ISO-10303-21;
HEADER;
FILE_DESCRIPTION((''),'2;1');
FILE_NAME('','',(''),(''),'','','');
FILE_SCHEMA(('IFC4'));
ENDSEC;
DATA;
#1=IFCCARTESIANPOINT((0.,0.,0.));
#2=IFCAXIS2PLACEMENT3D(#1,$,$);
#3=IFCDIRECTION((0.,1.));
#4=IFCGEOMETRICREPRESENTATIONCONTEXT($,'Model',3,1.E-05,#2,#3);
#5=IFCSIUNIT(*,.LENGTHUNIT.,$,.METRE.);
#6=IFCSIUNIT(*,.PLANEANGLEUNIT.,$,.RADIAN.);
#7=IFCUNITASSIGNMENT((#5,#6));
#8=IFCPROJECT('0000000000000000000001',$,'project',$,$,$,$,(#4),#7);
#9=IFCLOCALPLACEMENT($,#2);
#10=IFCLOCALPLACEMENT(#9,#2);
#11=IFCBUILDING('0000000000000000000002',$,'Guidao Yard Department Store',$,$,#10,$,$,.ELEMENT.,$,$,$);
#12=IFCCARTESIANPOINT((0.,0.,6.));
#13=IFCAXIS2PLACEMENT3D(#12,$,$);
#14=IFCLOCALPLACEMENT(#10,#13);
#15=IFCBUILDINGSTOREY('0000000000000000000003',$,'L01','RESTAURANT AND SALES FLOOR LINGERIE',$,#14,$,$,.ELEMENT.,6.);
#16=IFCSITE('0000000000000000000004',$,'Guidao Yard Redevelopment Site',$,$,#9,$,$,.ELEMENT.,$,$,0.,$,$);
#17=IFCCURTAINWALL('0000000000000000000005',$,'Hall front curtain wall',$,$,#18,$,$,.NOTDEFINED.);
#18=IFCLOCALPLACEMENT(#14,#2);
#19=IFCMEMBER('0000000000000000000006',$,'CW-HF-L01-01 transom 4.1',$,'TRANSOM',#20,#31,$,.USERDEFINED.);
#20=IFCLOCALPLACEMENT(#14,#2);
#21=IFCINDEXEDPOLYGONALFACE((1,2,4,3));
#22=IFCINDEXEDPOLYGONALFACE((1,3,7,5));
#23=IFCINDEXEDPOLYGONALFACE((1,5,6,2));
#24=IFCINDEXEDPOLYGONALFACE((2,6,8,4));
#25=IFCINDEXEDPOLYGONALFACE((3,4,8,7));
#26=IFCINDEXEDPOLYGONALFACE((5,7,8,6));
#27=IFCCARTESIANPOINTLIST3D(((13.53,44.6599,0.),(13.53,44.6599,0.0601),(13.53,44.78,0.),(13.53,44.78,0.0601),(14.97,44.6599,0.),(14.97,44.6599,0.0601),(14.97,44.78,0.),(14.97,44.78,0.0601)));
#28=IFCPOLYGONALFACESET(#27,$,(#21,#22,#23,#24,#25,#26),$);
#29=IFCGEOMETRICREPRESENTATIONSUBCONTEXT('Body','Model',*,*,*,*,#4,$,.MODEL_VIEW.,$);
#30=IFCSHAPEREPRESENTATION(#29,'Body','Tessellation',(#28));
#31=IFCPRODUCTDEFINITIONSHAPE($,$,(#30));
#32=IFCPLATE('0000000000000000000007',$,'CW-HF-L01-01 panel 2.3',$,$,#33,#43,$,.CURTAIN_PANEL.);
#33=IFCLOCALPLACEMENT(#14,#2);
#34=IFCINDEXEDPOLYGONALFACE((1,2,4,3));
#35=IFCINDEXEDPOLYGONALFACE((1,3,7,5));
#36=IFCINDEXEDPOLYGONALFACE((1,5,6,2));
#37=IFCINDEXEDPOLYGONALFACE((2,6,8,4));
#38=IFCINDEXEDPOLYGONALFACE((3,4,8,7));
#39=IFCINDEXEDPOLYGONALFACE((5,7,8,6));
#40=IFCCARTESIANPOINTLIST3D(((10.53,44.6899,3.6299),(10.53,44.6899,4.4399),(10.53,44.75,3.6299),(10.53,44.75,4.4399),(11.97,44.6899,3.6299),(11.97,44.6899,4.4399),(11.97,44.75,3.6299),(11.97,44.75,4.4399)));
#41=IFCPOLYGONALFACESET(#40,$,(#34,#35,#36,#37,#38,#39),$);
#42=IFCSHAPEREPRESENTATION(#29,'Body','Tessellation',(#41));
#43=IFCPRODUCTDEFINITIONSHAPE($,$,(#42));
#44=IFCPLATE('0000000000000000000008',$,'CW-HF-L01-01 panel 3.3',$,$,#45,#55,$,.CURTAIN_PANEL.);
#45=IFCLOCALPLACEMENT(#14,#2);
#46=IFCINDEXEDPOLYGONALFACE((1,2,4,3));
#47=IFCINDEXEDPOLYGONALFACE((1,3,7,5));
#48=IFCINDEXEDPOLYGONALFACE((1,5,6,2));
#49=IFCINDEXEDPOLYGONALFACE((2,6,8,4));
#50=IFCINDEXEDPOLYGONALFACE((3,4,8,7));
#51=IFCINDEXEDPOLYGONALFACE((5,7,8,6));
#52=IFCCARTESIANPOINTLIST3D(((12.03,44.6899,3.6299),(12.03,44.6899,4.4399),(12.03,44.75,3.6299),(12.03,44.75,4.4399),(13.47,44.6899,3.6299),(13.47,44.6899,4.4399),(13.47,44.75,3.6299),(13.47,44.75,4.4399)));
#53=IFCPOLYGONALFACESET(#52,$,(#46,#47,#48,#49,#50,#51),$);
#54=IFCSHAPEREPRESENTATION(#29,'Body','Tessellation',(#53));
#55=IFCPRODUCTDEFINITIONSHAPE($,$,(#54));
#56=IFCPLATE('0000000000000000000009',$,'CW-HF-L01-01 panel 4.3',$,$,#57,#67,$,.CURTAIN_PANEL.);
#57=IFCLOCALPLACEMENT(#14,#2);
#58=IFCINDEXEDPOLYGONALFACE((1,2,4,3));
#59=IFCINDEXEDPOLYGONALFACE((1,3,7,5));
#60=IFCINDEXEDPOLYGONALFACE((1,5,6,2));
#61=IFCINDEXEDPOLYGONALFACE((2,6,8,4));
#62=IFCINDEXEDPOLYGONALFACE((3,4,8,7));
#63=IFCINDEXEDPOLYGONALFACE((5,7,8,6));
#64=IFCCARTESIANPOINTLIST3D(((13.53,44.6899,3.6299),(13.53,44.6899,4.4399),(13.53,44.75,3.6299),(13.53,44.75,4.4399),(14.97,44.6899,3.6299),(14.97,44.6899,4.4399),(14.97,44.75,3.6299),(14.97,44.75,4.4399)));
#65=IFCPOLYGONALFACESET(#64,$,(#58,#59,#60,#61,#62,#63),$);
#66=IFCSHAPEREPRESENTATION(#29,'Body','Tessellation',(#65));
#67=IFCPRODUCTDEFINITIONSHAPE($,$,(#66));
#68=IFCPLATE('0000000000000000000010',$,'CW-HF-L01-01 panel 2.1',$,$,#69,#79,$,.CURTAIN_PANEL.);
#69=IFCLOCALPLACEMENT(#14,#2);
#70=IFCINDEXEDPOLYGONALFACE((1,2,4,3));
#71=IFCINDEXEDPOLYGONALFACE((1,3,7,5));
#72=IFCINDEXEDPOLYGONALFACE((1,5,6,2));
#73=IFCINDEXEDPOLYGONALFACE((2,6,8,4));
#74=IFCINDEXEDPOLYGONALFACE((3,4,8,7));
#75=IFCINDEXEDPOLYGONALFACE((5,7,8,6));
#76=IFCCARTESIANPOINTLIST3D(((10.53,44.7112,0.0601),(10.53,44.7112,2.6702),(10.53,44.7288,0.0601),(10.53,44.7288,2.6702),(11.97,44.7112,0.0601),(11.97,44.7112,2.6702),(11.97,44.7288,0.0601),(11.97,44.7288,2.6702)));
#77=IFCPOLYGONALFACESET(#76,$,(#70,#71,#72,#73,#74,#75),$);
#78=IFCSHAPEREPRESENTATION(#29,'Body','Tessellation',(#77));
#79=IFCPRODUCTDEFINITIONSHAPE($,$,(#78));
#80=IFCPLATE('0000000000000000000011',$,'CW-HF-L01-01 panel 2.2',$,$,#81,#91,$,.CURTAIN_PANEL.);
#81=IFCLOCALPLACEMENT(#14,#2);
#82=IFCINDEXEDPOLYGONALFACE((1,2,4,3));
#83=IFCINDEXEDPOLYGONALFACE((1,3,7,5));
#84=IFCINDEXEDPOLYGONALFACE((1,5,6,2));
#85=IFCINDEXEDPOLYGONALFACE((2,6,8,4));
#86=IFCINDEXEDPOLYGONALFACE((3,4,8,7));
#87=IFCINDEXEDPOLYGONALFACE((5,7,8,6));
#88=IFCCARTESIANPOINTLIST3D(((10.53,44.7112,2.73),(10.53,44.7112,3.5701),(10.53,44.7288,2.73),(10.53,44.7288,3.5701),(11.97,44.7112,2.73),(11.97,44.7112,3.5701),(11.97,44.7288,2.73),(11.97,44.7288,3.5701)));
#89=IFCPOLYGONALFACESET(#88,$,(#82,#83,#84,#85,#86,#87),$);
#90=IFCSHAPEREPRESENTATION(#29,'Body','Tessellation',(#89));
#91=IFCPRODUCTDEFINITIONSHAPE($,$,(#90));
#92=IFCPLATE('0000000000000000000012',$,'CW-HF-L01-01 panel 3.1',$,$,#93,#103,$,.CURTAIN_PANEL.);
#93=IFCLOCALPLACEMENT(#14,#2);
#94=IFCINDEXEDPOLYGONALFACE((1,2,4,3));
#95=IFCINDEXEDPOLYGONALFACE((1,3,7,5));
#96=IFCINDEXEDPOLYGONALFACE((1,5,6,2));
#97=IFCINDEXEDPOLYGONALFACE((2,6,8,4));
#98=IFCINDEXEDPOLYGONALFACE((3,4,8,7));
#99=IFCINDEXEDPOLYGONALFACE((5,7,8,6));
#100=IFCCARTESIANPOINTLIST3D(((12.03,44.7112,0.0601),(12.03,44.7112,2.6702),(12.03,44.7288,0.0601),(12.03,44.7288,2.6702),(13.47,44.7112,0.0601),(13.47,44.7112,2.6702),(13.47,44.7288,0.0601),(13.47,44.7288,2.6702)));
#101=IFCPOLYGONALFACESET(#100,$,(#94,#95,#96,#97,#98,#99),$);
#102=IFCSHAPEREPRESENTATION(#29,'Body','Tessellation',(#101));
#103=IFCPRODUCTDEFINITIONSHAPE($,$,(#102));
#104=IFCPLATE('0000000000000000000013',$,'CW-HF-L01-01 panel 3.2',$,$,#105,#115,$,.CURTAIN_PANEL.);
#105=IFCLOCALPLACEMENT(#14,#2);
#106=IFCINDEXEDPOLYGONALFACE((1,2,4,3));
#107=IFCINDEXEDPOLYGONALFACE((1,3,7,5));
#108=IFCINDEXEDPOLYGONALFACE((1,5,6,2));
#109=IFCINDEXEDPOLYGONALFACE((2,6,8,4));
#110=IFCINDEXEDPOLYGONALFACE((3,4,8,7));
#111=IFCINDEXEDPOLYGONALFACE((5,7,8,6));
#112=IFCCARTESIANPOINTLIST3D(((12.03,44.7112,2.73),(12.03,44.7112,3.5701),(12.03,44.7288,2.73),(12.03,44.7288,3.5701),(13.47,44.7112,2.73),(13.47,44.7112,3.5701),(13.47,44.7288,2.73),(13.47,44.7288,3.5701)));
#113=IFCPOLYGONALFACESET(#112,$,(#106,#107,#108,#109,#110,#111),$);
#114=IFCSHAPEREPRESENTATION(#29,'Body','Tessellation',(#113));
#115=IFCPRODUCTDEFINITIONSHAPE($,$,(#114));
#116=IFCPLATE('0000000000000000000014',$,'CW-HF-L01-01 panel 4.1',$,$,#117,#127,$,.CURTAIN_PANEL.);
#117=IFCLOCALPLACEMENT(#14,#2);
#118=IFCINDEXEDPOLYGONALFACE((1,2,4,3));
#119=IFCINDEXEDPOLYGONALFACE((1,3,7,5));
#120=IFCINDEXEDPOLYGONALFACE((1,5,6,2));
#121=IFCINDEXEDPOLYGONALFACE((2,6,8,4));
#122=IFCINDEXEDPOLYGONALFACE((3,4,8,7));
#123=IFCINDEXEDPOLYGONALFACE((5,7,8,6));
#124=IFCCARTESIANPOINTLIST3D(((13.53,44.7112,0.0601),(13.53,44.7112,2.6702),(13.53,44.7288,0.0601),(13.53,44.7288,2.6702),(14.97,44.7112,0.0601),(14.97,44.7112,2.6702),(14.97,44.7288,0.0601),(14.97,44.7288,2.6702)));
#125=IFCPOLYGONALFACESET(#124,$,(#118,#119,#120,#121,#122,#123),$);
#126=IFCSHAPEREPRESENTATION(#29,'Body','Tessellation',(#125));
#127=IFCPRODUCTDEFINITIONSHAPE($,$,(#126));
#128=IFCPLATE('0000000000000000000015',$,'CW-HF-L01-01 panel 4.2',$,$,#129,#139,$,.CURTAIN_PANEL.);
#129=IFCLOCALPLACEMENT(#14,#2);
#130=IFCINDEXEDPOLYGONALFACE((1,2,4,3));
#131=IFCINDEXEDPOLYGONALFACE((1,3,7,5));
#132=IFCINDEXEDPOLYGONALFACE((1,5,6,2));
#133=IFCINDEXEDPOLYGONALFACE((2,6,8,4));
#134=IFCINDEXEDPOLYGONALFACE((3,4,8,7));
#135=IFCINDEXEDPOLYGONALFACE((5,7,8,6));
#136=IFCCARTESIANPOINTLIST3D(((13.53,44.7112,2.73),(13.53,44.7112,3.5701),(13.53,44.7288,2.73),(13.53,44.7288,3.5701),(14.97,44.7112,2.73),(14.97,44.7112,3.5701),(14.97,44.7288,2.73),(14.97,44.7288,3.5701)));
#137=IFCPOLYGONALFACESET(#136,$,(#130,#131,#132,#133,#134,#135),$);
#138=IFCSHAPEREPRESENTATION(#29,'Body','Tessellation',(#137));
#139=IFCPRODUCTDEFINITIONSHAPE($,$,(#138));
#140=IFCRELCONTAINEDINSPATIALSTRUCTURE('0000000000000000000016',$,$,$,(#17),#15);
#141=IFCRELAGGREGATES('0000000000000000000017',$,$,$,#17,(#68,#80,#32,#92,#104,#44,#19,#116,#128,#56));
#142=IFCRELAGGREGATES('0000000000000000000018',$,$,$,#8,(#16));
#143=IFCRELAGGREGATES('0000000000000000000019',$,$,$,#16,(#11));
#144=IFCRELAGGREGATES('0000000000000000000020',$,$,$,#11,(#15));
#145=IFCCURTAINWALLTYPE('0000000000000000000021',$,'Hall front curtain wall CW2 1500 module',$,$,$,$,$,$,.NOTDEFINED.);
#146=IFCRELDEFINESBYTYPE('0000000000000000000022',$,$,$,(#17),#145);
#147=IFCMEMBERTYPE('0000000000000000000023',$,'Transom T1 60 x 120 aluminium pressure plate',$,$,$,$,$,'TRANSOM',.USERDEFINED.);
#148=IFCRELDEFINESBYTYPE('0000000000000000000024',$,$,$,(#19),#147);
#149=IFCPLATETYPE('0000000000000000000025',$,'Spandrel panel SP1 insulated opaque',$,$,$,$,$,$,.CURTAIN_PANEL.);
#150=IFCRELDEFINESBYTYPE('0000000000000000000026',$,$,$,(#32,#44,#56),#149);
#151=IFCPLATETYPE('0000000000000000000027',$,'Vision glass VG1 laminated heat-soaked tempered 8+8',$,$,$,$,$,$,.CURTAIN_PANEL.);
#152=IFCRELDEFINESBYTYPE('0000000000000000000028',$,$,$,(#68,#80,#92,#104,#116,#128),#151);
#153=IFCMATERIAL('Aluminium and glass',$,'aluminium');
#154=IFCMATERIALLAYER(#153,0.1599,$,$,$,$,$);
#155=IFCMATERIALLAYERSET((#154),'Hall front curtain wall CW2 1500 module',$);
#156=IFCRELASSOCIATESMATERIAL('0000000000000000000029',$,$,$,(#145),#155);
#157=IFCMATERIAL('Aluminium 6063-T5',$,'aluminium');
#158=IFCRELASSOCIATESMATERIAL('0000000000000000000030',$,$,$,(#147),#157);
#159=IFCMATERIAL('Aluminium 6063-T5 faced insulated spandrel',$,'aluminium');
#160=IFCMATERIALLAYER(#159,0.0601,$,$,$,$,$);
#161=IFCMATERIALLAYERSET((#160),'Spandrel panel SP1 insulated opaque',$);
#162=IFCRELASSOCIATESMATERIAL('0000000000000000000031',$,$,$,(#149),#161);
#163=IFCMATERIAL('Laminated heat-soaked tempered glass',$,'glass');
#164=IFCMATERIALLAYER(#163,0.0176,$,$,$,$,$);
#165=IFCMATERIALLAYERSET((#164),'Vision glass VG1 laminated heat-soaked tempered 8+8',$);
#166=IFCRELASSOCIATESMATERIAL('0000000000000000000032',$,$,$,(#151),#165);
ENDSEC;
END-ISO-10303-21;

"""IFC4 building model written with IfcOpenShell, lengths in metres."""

from ifc_helpers import new_model, si_unit, direction, frame, origin, origin_2d, place, context, subcontext, project, spatial, rectangle, extrude, material, layer, layer_set, material_profile, profile_set, type_object, element, aggregate, save


model = new_model("IFC4")

# Units and contexts
model_context = context("Model", 3, precision=1e-05, world=origin(), true_north=direction((0.0, 1.0)))
body_context = subcontext(model_context, "Body", "Model", "MODEL_VIEW")
ifc_project = project(units=[si_unit("LENGTHUNIT", "METRE"), si_unit("PLANEANGLEUNIT", "RADIAN")], contexts=[model_context])

# Site, building, storey
site_placement = place(None, origin())
site = spatial("IfcSite", under=ifc_project, at=site_placement, Name="Guidao Yard Redevelopment Site", CompositionType="ELEMENT", RefElevation=0.0)
building_placement = place(site_placement, origin())
building = spatial("IfcBuilding", under=site, at=building_placement, Name="Guidao Yard Department Store", CompositionType="ELEMENT")
storey_placement = place(building_placement, frame((0.0, 0.0, 6.0)))
storey = spatial("IfcBuildingStorey", under=building, at=storey_placement, Name="L01", Description="RESTAURANT AND SALES FLOOR LINGERIE", CompositionType="ELEMENT", Elevation=6.0)

# Curtain wall, member, plates
ifc_material_1 = material(Name="Aluminium and glass", Category="aluminium")
ifc_layer_1 = layer(ifc_material_1, 0.1599)
ifc_layer_set_1 = layer_set([ifc_layer_1], Name="Hall front curtain wall CW2 1500 module")
curtain_wall_type = type_object("IfcCurtainWallType", Name="Hall front curtain wall CW2 1500 module", PredefinedType="NOTDEFINED", material=ifc_layer_set_1)
curtain_wall_placement = place(storey_placement, origin())
curtain_wall = element("IfcCurtainWall", 1, at=curtain_wall_placement, inside=storey, type_object=curtain_wall_type, Name="Hall front curtain wall", PredefinedType="NOTDEFINED")
ifc_material_2 = material(Name="Aluminium 6063-T5", Category="aluminium")
ifc_material_profile_1 = material_profile(ifc_material_2, rectangle(XDim=0.1201, YDim=0.0601, at=origin_2d()), Name="Transom T1 60 x 120 aluminium pressure plate")
ifc_profile_set_1 = profile_set([ifc_material_profile_1], Name="Aluminium 6063-T5")
member_type_1 = type_object("IfcMemberType", Name="Transom T1 60 x 120 aluminium pressure plate", ElementType="TRANSOM", PredefinedType="USERDEFINED", material=ifc_profile_set_1)
member_1_placement = place(storey_placement, frame((14.97, 44.72, 0.03), z_axis=(-1.0, 0.0, 0.0), x_axis=(0.0, -1.0, 0.0)))
member_1 = element("IfcMember", 2, at=member_1_placement, type_object=member_type_1, Name="CW-HF-L01-01 transom 4.1", ObjectType="TRANSOM", PredefinedType="USERDEFINED", context=body_context, shape_type="SweptSolid", body=[
    extrude(rectangle(XDim=0.1201, YDim=0.0601, at=origin_2d()), origin(), (0.0, 0.0, 1.0), 1.4399),
])
ifc_material_3 = material(Name="Aluminium 6063-T5 faced insulated spandrel", Category="aluminium")
ifc_layer_2 = layer(ifc_material_3, 0.0601)
ifc_layer_set_2 = layer_set([ifc_layer_2], Name="Spandrel panel SP1 insulated opaque")
plate_type_1 = type_object("IfcPlateType", Name="Spandrel panel SP1 insulated opaque", PredefinedType="CURTAIN_PANEL", material=ifc_layer_set_2)
plate_1_placement = place(storey_placement, frame((11.25, 44.72, 3.6299), z_axis=(0.0, 0.0, 1.0), x_axis=(-1.0, 0.0, 0.0)))
plate_1 = element("IfcPlate", 3, at=plate_1_placement, type_object=plate_type_1, Name="CW-HF-L01-01 panel 2.3", PredefinedType="CURTAIN_PANEL", context=body_context, shape_type="SweptSolid", body=[
    extrude(rectangle(XDim=1.4399, YDim=0.0601, at=origin_2d()), origin(), (0.0, 0.0, 1.0), 0.8101),
])
plate_2_placement = place(storey_placement, frame((12.75, 44.72, 3.6299), z_axis=(0.0, 0.0, 1.0), x_axis=(-1.0, 0.0, 0.0)))
plate_2 = element("IfcPlate", 4, at=plate_2_placement, type_object=plate_type_1, Name="CW-HF-L01-01 panel 3.3", PredefinedType="CURTAIN_PANEL", context=body_context, shape_type="SweptSolid", body=[
    extrude(rectangle(XDim=1.4399, YDim=0.0601, at=origin_2d()), origin(), (0.0, 0.0, 1.0), 0.8101),
])
plate_3_placement = place(storey_placement, frame((14.25, 44.72, 3.6299), z_axis=(0.0, 0.0, 1.0), x_axis=(-1.0, 0.0, 0.0)))
plate_3 = element("IfcPlate", 5, at=plate_3_placement, type_object=plate_type_1, Name="CW-HF-L01-01 panel 4.3", PredefinedType="CURTAIN_PANEL", context=body_context, shape_type="SweptSolid", body=[
    extrude(rectangle(XDim=1.4399, YDim=0.0601, at=origin_2d()), origin(), (0.0, 0.0, 1.0), 0.8101),
])
ifc_material_4 = material(Name="Laminated heat-soaked tempered glass", Category="glass")
ifc_layer_3 = layer(ifc_material_4, 0.0176)
ifc_layer_set_3 = layer_set([ifc_layer_3], Name="Vision glass VG1 laminated heat-soaked tempered 8+8")
plate_type_2 = type_object("IfcPlateType", Name="Vision glass VG1 laminated heat-soaked tempered 8+8", PredefinedType="CURTAIN_PANEL", material=ifc_layer_set_3)
plate_4_placement = place(storey_placement, frame((11.25, 44.72, 0.0601), z_axis=(0.0, 0.0, 1.0), x_axis=(-1.0, 0.0, 0.0)))
plate_4 = element("IfcPlate", 6, at=plate_4_placement, type_object=plate_type_2, Name="CW-HF-L01-01 panel 2.1", PredefinedType="CURTAIN_PANEL", context=body_context, shape_type="SweptSolid", body=[
    extrude(rectangle(XDim=1.4399, YDim=0.0176, at=origin_2d()), origin(), (0.0, 0.0, 1.0), 2.6101),
])
plate_5_placement = place(storey_placement, frame((11.25, 44.72, 2.73), z_axis=(0.0, 0.0, 1.0), x_axis=(-1.0, 0.0, 0.0)))
plate_5 = element("IfcPlate", 7, at=plate_5_placement, type_object=plate_type_2, Name="CW-HF-L01-01 panel 2.2", PredefinedType="CURTAIN_PANEL", context=body_context, shape_type="SweptSolid", body=[
    extrude(rectangle(XDim=1.4399, YDim=0.0176, at=origin_2d()), origin(), (0.0, 0.0, 1.0), 0.8401),
])
plate_6_placement = place(storey_placement, frame((12.75, 44.72, 0.0601), z_axis=(0.0, 0.0, 1.0), x_axis=(-1.0, 0.0, 0.0)))
plate_6 = element("IfcPlate", 8, at=plate_6_placement, type_object=plate_type_2, Name="CW-HF-L01-01 panel 3.1", PredefinedType="CURTAIN_PANEL", context=body_context, shape_type="SweptSolid", body=[
    extrude(rectangle(XDim=1.4399, YDim=0.0176, at=origin_2d()), origin(), (0.0, 0.0, 1.0), 2.6101),
])
plate_7_placement = place(storey_placement, frame((12.75, 44.72, 2.73), z_axis=(0.0, 0.0, 1.0), x_axis=(-1.0, 0.0, 0.0)))
plate_7 = element("IfcPlate", 9, at=plate_7_placement, type_object=plate_type_2, Name="CW-HF-L01-01 panel 3.2", PredefinedType="CURTAIN_PANEL", context=body_context, shape_type="SweptSolid", body=[
    extrude(rectangle(XDim=1.4399, YDim=0.0176, at=origin_2d()), origin(), (0.0, 0.0, 1.0), 0.8401),
])
plate_8_placement = place(storey_placement, frame((14.25, 44.72, 0.0601), z_axis=(0.0, 0.0, 1.0), x_axis=(-1.0, 0.0, 0.0)))
plate_8 = element("IfcPlate", 10, at=plate_8_placement, type_object=plate_type_2, Name="CW-HF-L01-01 panel 4.1", PredefinedType="CURTAIN_PANEL", context=body_context, shape_type="SweptSolid", body=[
    extrude(rectangle(XDim=1.4399, YDim=0.0176, at=origin_2d()), origin(), (0.0, 0.0, 1.0), 2.6101),
])
plate_9_placement = place(storey_placement, frame((14.25, 44.72, 2.73), z_axis=(0.0, 0.0, 1.0), x_axis=(-1.0, 0.0, 0.0)))
plate_9 = element("IfcPlate", 11, at=plate_9_placement, type_object=plate_type_2, Name="CW-HF-L01-01 panel 4.2", PredefinedType="CURTAIN_PANEL", context=body_context, shape_type="SweptSolid", body=[
    extrude(rectangle(XDim=1.4399, YDim=0.0176, at=origin_2d()), origin(), (0.0, 0.0, 1.0), 0.8401),
])
aggregate(curtain_wall, [plate_4, plate_5, plate_1, plate_6, plate_7, plate_2, member_1, plate_8, plate_9, plate_3])

save(model, "model.ifc")
